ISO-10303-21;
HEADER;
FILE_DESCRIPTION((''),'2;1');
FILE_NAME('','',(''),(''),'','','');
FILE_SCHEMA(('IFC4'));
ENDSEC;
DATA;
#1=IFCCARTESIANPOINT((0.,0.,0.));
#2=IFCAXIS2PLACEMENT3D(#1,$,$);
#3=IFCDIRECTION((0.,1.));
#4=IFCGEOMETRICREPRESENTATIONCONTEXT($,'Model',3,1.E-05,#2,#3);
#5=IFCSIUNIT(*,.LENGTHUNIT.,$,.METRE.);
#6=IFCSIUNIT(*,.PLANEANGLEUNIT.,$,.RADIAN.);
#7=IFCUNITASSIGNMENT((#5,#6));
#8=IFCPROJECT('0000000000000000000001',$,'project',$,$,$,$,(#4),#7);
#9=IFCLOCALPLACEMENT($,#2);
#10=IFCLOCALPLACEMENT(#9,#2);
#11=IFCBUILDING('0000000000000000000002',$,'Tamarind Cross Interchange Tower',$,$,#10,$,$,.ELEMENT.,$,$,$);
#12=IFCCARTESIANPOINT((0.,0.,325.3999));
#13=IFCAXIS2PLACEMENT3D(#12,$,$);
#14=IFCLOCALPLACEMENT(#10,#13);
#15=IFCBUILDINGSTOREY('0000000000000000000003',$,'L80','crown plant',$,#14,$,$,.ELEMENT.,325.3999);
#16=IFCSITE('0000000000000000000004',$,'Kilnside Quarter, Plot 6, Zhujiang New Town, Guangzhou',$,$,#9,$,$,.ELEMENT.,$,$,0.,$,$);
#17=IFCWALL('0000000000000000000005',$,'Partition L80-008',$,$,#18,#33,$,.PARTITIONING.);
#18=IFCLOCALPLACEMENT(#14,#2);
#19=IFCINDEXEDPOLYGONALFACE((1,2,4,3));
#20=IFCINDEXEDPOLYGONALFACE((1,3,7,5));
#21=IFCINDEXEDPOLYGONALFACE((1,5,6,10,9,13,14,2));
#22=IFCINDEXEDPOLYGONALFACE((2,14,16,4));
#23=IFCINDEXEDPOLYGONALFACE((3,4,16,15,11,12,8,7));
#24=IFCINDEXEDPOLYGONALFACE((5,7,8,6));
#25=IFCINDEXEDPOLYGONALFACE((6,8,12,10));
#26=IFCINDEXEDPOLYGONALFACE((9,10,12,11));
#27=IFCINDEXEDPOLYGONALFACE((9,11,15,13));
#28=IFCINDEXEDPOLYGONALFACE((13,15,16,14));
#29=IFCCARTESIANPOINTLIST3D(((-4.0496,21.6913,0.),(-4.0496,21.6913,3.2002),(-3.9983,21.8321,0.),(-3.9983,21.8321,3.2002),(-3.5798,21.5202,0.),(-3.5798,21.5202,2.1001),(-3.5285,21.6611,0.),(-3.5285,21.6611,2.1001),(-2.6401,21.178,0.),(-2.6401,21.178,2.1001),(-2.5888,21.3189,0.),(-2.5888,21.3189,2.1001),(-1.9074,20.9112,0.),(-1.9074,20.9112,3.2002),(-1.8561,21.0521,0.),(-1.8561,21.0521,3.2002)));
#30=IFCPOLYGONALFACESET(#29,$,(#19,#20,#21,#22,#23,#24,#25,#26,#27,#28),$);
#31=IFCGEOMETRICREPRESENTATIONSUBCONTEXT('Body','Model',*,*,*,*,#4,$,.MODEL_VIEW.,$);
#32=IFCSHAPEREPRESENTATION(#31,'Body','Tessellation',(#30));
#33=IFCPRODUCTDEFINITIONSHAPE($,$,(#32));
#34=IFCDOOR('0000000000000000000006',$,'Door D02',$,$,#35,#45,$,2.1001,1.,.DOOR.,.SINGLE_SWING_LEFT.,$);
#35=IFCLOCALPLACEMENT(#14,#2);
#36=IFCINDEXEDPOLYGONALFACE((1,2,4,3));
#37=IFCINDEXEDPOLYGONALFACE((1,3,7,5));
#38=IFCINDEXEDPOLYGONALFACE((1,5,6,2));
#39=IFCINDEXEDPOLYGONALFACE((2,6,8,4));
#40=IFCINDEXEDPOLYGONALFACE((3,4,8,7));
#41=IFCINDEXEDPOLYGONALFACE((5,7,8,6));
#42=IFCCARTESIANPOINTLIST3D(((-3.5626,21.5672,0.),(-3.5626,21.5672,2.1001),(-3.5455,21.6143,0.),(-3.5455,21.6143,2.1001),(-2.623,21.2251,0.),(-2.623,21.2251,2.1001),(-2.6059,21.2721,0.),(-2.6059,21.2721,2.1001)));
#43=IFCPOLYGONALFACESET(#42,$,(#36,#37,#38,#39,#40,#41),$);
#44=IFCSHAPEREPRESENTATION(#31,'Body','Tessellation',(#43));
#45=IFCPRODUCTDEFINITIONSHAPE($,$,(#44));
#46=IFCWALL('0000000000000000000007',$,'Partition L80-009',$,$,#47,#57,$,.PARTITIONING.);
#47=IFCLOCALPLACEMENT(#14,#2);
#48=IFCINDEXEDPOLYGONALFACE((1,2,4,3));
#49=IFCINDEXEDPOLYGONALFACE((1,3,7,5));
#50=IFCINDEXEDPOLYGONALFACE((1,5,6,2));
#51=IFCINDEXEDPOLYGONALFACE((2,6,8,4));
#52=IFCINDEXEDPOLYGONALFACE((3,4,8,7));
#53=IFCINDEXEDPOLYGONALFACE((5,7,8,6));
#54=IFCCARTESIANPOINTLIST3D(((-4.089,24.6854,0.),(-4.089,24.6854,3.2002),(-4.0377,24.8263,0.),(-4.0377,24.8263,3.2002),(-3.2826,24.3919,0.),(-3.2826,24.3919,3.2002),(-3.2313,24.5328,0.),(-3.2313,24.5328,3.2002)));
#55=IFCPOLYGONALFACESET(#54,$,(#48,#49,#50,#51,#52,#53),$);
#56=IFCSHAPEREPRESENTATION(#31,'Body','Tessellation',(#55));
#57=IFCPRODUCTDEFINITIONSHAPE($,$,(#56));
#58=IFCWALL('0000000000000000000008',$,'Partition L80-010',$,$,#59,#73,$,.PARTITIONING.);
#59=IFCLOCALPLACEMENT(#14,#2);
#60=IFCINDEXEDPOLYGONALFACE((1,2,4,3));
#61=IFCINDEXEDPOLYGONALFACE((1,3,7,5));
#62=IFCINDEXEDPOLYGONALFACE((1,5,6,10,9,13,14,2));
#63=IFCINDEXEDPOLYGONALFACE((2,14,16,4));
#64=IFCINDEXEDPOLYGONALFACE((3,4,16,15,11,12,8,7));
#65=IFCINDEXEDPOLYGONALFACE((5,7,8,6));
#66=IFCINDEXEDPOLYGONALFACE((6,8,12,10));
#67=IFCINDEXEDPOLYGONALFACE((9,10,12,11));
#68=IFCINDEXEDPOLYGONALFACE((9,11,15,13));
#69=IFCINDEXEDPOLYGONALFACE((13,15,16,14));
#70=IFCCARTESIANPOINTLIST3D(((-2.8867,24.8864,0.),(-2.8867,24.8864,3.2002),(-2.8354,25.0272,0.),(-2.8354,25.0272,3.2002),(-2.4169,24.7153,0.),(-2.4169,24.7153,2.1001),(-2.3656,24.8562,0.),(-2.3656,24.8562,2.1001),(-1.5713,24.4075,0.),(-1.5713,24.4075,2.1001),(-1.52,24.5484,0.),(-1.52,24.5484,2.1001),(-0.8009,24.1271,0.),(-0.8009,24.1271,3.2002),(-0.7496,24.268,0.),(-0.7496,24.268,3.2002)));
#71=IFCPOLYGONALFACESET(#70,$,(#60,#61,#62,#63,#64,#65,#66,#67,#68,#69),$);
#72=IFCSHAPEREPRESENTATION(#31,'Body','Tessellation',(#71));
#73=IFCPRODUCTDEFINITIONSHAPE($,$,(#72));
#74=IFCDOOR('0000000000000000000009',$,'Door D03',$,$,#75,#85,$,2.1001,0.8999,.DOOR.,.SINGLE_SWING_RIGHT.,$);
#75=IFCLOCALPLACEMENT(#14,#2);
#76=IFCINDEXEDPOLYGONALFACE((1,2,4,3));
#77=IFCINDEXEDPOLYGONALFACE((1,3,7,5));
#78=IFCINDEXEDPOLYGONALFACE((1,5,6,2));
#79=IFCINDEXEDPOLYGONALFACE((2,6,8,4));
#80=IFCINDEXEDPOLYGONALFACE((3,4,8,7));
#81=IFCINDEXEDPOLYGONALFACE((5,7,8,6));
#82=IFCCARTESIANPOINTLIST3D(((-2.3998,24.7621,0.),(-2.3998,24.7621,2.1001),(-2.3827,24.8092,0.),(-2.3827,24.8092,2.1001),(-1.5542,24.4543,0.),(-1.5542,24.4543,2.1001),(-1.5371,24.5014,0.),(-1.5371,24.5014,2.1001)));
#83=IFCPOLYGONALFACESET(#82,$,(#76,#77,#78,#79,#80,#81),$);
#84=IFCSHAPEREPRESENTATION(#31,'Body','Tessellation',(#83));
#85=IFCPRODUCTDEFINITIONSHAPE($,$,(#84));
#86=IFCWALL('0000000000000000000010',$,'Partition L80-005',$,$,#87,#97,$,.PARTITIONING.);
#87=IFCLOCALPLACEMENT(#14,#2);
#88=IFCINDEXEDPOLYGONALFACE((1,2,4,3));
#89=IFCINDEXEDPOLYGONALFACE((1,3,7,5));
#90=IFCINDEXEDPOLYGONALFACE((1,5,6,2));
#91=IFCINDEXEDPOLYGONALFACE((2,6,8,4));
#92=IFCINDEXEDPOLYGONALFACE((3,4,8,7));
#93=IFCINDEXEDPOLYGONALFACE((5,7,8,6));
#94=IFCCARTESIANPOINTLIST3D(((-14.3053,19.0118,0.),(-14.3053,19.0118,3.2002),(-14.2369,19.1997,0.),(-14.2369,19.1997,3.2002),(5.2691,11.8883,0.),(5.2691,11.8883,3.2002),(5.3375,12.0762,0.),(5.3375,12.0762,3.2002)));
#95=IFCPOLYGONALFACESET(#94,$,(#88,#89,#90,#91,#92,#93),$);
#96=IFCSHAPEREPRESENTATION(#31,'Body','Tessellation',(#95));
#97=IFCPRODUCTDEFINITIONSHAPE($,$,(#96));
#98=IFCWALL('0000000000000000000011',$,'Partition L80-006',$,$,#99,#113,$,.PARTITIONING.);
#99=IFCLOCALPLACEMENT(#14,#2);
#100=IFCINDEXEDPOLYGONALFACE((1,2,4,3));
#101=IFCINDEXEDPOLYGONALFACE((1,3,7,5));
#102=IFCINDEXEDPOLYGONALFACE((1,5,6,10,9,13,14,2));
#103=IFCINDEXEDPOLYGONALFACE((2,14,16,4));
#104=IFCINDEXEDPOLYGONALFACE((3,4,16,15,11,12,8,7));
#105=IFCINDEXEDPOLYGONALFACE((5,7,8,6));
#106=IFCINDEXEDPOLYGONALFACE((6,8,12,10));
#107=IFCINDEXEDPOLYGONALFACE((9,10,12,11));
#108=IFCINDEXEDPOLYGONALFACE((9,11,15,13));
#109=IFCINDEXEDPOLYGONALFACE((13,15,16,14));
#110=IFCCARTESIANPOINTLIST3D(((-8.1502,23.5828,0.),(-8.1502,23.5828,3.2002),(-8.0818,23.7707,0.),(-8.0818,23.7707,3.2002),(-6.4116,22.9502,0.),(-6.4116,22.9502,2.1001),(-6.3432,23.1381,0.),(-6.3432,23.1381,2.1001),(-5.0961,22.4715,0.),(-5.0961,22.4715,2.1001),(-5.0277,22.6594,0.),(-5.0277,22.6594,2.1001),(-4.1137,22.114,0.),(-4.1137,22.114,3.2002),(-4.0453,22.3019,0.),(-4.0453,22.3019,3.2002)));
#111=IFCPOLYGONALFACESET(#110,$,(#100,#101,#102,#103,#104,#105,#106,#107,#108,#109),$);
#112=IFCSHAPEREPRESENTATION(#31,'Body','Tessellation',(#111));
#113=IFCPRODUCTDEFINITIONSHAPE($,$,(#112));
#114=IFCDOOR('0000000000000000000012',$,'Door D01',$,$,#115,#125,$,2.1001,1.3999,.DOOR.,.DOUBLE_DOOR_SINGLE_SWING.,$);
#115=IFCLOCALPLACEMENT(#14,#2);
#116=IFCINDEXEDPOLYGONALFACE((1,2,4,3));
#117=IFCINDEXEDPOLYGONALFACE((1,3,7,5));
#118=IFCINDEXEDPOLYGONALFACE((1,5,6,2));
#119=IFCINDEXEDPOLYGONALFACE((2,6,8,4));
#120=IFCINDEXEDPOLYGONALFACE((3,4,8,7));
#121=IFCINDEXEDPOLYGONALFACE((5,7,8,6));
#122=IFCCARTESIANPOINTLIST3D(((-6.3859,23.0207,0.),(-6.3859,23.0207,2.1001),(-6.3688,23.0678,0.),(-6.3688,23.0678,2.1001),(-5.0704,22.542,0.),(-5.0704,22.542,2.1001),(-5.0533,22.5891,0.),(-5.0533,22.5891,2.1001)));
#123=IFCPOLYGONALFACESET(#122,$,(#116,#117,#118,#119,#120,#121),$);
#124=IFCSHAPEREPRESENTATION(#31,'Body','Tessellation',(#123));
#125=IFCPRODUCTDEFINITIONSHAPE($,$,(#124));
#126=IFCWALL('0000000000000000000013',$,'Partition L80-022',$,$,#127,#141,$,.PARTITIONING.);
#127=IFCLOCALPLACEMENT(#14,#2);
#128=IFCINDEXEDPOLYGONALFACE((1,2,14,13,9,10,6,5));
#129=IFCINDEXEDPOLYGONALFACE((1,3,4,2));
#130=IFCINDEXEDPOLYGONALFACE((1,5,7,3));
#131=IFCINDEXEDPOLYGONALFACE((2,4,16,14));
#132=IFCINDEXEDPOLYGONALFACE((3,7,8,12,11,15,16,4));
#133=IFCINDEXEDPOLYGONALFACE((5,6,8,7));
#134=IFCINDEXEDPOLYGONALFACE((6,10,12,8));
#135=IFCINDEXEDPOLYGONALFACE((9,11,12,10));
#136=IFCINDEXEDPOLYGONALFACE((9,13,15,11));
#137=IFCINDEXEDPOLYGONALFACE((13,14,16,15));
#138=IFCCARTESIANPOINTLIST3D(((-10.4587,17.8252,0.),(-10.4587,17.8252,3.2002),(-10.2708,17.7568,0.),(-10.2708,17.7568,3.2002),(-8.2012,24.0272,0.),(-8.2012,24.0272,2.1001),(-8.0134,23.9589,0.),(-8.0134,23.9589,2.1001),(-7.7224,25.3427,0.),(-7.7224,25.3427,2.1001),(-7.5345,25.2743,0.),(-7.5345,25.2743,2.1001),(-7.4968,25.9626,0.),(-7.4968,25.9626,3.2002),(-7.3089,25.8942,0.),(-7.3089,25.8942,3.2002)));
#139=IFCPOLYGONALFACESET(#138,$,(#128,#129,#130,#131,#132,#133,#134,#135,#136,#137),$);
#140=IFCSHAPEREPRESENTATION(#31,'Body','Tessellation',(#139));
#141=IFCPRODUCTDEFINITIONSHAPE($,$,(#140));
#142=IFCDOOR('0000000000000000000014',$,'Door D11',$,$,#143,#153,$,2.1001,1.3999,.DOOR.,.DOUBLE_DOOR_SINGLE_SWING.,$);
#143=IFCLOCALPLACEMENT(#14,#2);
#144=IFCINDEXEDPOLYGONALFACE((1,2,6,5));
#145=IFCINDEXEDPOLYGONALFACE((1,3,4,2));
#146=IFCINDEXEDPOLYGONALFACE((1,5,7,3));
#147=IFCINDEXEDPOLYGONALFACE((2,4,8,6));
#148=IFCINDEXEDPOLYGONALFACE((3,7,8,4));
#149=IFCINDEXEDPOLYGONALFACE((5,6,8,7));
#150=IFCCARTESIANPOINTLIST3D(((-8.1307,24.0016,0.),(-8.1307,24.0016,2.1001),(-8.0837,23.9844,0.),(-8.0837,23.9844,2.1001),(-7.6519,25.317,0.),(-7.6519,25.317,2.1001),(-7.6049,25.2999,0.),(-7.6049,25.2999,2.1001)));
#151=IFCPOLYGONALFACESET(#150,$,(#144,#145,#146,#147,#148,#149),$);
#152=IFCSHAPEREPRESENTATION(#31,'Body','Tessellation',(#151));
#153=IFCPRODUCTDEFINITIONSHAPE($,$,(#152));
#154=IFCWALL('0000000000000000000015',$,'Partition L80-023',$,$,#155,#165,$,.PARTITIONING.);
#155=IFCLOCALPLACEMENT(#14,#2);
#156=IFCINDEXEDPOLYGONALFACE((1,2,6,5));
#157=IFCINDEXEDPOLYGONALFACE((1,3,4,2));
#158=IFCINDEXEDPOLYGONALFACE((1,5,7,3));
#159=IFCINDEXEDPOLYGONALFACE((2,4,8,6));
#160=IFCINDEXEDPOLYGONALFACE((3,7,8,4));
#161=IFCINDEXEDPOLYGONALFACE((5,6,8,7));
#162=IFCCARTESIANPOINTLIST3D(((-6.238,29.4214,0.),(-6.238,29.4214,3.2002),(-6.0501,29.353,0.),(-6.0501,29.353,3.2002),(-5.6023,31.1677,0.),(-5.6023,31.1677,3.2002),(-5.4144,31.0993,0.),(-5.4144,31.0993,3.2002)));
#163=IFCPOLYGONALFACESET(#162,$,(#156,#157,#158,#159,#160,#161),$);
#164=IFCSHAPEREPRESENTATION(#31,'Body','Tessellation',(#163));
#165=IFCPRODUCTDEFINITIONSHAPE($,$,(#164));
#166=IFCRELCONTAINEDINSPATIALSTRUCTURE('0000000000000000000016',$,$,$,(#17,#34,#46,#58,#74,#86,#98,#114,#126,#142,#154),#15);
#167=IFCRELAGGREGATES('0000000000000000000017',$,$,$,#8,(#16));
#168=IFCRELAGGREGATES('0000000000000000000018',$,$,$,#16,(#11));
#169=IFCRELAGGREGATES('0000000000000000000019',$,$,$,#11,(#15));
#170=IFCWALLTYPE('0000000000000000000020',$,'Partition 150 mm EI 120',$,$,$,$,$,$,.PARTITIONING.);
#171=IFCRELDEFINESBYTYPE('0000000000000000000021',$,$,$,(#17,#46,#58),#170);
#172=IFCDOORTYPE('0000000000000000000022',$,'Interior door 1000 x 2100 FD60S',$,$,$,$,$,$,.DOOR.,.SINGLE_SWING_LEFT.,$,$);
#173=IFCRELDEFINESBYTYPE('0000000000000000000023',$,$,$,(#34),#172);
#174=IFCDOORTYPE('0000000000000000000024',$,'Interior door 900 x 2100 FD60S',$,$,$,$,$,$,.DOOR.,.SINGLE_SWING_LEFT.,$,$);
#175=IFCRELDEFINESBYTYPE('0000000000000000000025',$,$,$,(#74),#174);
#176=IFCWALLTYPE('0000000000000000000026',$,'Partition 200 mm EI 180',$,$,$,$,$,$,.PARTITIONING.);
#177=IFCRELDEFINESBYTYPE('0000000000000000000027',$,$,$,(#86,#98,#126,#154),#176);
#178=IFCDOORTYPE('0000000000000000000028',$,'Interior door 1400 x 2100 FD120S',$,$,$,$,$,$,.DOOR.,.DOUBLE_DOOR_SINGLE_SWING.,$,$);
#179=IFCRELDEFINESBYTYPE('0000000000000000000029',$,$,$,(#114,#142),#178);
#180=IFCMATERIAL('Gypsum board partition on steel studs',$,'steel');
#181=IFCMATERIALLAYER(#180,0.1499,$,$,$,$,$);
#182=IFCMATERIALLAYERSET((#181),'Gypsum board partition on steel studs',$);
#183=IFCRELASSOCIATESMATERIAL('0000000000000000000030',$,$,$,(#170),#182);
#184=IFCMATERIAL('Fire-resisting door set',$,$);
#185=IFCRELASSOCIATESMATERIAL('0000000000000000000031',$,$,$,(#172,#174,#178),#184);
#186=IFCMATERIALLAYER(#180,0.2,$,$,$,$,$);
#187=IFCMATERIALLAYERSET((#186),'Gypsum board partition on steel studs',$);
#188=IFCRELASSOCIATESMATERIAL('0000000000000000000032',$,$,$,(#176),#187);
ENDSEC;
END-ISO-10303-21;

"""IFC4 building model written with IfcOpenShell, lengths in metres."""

from ifc_helpers import new_model, si_unit, direction, frame, frame_2d, origin, place, context, subcontext, project, spatial, rectangle, extrude, material, layer, layer_set, type_object, element, fill, save


model = new_model("IFC4")

# Units and contexts
model_context = context("Model", 3, precision=1e-05, world=origin(), true_north=direction((0.0, 1.0)))
body_context = subcontext(model_context, "Body", "Model", "MODEL_VIEW")
ifc_project = project(units=[si_unit("LENGTHUNIT", "METRE"), si_unit("PLANEANGLEUNIT", "RADIAN")], contexts=[model_context])

# Site, building, storey
site_placement = place(None, origin())
site = spatial("IfcSite", under=ifc_project, at=site_placement, Name="Kilnside Quarter, Plot 6, Zhujiang New Town, Guangzhou", CompositionType="ELEMENT", RefElevation=0.0)
building_placement = place(site_placement, origin())
building = spatial("IfcBuilding", under=site, at=building_placement, Name="Tamarind Cross Interchange Tower", CompositionType="ELEMENT")
storey_placement = place(building_placement, frame((0.0, 0.0, 325.3999)))
storey = spatial("IfcBuildingStorey", under=building, at=storey_placement, Name="L80", Description="crown plant", CompositionType="ELEMENT", Elevation=325.3999)

# Shared definitions
ifc_material_1 = material(Name="Gypsum board partition on steel studs", Category="steel")
ifc_layer_1 = layer(ifc_material_1, 0.1499)
ifc_layer_set_1 = layer_set([ifc_layer_1], Name="Gypsum board partition on steel studs")
wall_type_1 = type_object("IfcWallType", Name="Partition 150 mm EI 120", PredefinedType="PARTITIONING", material=ifc_layer_set_1)

# Wall, opening, door
wall_1_placement = place(storey_placement, frame((-4.0239, 21.7617, 0.0), z_axis=(0.0, 0.0, 1.0), x_axis=(0.93964, -0.342164, 0.0)))
wall_1 = element("IfcWall", 1, at=wall_1_placement, inside=storey, type_object=wall_type_1, Name="Partition L80-008", PredefinedType="PARTITIONING", context=body_context, shape_type="SweptSolid", body=[
    extrude(rectangle(XDim=2.2798, YDim=0.1499, at=frame_2d((1.1399, 0.0))), origin(), (0.0, 0.0, 1.0), 3.2002),
])
opening_1_placement = place(wall_1_placement, frame((0.5, 0.0, 0.0)))
opening_1 = element("IfcOpeningElement", 2, at=opening_1_placement, cuts=wall_1, PredefinedType="OPENING", context=body_context, shape_type="SweptSolid", body=[
    extrude(rectangle(XDim=1.0, YDim=2.1001, at=frame_2d((0.5, 1.05))), frame((0.0, 0.085, 0.0), z_axis=(0.0, -1.0, 0.0), x_axis=(1.0, 0.0, 0.0)), (0.0, 0.0, 1.0), 0.1699),
])
ifc_material_2 = material(Name="Fire-resisting door set")
door_type_1 = type_object("IfcDoorType", Name="Interior door 1000 x 2100 FD60S", OperationType="SINGLE_SWING_LEFT", PredefinedType="DOOR", material=ifc_material_2)
door_1_placement = place(opening_1_placement, frame((1.0, 0.0, 0.0), z_axis=(0.0, 0.0, 1.0), x_axis=(-1.0, 0.0, 0.0)))
door_1 = element("IfcDoor", 3, at=door_1_placement, inside=storey, type_object=door_type_1, Name="Door D02", OperationType="SINGLE_SWING_LEFT", OverallHeight=2.1001, OverallWidth=1.0, PredefinedType="DOOR", context=body_context, shape_type="SweptSolid", body=[
    extrude(rectangle(XDim=1.0, YDim=2.1001, at=frame_2d((0.5, 1.05))), frame((0.0, 0.0249, 0.0), z_axis=(0.0, -1.0, 0.0), x_axis=(1.0, 0.0, 0.0)), (0.0, 0.0, 1.0), 0.05),
])
fill(opening_1, door_1)

# Wall
wall_2_placement = place(storey_placement, frame((-4.0635, 24.7559, 0.0), z_axis=(0.0, 0.0, 1.0), x_axis=(0.93971, -0.341971, 0.0)))
element("IfcWall", 4, at=wall_2_placement, inside=storey, type_object=wall_type_1, Name="Partition L80-009", PredefinedType="PARTITIONING", context=body_context, shape_type="SweptSolid", body=[
    extrude(rectangle(XDim=0.8582, YDim=0.1499, at=frame_2d((0.4292, 0.0))), origin(), (0.0, 0.0, 1.0), 3.2002),
])

# Wall, opening, door
wall_3_placement = place(storey_placement, frame((-2.8611, 24.9568, 0.0), z_axis=(0.0, 0.0, 1.0), x_axis=(0.939684, -0.342043, 0.0)))
wall_3 = element("IfcWall", 5, at=wall_3_placement, inside=storey, type_object=wall_type_1, Name="Partition L80-010", PredefinedType="PARTITIONING", context=body_context, shape_type="SweptSolid", body=[
    extrude(rectangle(XDim=2.2197, YDim=0.1499, at=frame_2d((1.1099, 0.0))), origin(), (0.0, 0.0, 1.0), 3.2002),
])
opening_2_placement = place(wall_3_placement, frame((0.5, 0.0, 0.0)))
opening_2 = element("IfcOpeningElement", 6, at=opening_2_placement, cuts=wall_3, PredefinedType="OPENING", context=body_context, shape_type="SweptSolid", body=[
    extrude(rectangle(XDim=0.8999, YDim=2.1001, at=frame_2d((0.45, 1.05))), frame((0.0, 0.085, 0.0), z_axis=(0.0, -1.0, 0.0), x_axis=(1.0, 0.0, 0.0)), (0.0, 0.0, 1.0), 0.1699),
])
door_type_2 = type_object("IfcDoorType", Name="Interior door 900 x 2100 FD60S", OperationType="SINGLE_SWING_LEFT", PredefinedType="DOOR", material=ifc_material_2)
door_2_placement = place(opening_2_placement, origin())
door_2 = element("IfcDoor", 7, at=door_2_placement, inside=storey, type_object=door_type_2, Name="Door D03", OperationType="SINGLE_SWING_RIGHT", OverallHeight=2.1001, OverallWidth=0.8999, PredefinedType="DOOR", context=body_context, shape_type="SweptSolid", body=[
    extrude(rectangle(XDim=0.8999, YDim=2.1001, at=frame_2d((0.45, 1.05))), frame((0.0, 0.0249, 0.0), z_axis=(0.0, -1.0, 0.0), x_axis=(1.0, 0.0, 0.0)), (0.0, 0.0, 1.0), 0.05),
])
fill(opening_2, door_2)

# Wall
ifc_layer_2 = layer(ifc_material_1, 0.2)
ifc_layer_set_2 = layer_set([ifc_layer_2], Name="Gypsum board partition on steel studs")
wall_type_2 = type_object("IfcWallType", Name="Partition 200 mm EI 180", PredefinedType="PARTITIONING", material=ifc_layer_set_2)
wall_4_placement = place(storey_placement, frame((-14.271, 19.1057, 0.0), z_axis=(0.0, 0.0, 1.0), x_axis=(0.939708, -0.341978, 0.0)))
element("IfcWall", 8, at=wall_4_placement, inside=storey, type_object=wall_type_2, Name="Partition L80-005", PredefinedType="PARTITIONING", context=body_context, shape_type="SweptSolid", body=[
    extrude(rectangle(XDim=20.8303, YDim=0.2, at=frame_2d((10.415, 0.0))), origin(), (0.0, 0.0, 1.0), 3.2002),
])

# Walls, openings, doors
wall_5_placement = place(storey_placement, frame((-8.116, 23.6768, 0.0), z_axis=(0.0, 0.0, 1.0), x_axis=(0.93972, -0.341944, 0.0)))
wall_5 = element("IfcWall", 9, at=wall_5_placement, inside=storey, type_object=wall_type_2, Name="Partition L80-006", PredefinedType="PARTITIONING", context=body_context, shape_type="SweptSolid", body=[
    extrude(rectangle(XDim=4.2954, YDim=0.2, at=frame_2d((2.1477, 0.0))), origin(), (0.0, 0.0, 1.0), 3.2002),
])
opening_3_placement = place(wall_5_placement, frame((1.8501, 0.0, 0.0)))
opening_3 = element("IfcOpeningElement", 10, at=opening_3_placement, cuts=wall_5, PredefinedType="OPENING", context=body_context, shape_type="SweptSolid", body=[
    extrude(rectangle(XDim=1.3999, YDim=2.1001, at=frame_2d((0.7, 1.05))), frame((0.0, 0.1099, 0.0), z_axis=(0.0, -1.0, 0.0), x_axis=(1.0, 0.0, 0.0)), (0.0, 0.0, 1.0), 0.22),
])
door_type_3 = type_object("IfcDoorType", Name="Interior door 1400 x 2100 FD120S", OperationType="DOUBLE_DOOR_SINGLE_SWING", PredefinedType="DOOR", material=ifc_material_2)
door_3_placement = place(opening_3_placement, frame((1.3999, 0.0, 0.0), z_axis=(0.0, 0.0, 1.0), x_axis=(-1.0, 0.0, 0.0)))
door_3 = element("IfcDoor", 11, at=door_3_placement, inside=storey, type_object=door_type_3, Name="Door D01", OperationType="DOUBLE_DOOR_SINGLE_SWING", OverallHeight=2.1001, OverallWidth=1.3999, PredefinedType="DOOR", context=body_context, shape_type="SweptSolid", body=[
    extrude(rectangle(XDim=1.3999, YDim=2.1001, at=frame_2d((0.7, 1.05))), frame((0.0, 0.0249, 0.0), z_axis=(0.0, -1.0, 0.0), x_axis=(1.0, 0.0, 0.0)), (0.0, 0.0, 1.0), 0.05),
])
fill(opening_3, door_3)
wall_6_placement = place(storey_placement, frame((-10.3647, 17.791, 0.0), z_axis=(0.0, 0.0, 1.0), x_axis=(0.342033, 0.939688, 0.0)))
wall_6 = element("IfcWall", 12, at=wall_6_placement, inside=storey, type_object=wall_type_2, Name="Partition L80-022", PredefinedType="PARTITIONING", context=body_context, shape_type="SweptSolid", body=[
    extrude(rectangle(XDim=8.6597, YDim=0.2, at=frame_2d((4.3298, 0.0))), origin(), (0.0, 0.0, 1.0), 3.2002),
])
opening_4_placement = place(wall_6_placement, frame((6.6001, 0.0, 0.0)))
opening_4 = element("IfcOpeningElement", 13, at=opening_4_placement, cuts=wall_6, PredefinedType="OPENING", context=body_context, shape_type="SweptSolid", body=[
    extrude(rectangle(XDim=1.3999, YDim=2.1001, at=frame_2d((0.7, 1.05))), frame((0.0, 0.1099, 0.0), z_axis=(0.0, -1.0, 0.0), x_axis=(1.0, 0.0, 0.0)), (0.0, 0.0, 1.0), 0.22),
])
door_4_placement = place(opening_4_placement, origin())
door_4 = element("IfcDoor", 14, at=door_4_placement, inside=storey, type_object=door_type_3, Name="Door D11", OperationType="DOUBLE_DOOR_SINGLE_SWING", OverallHeight=2.1001, OverallWidth=1.3999, PredefinedType="DOOR", context=body_context, shape_type="SweptSolid", body=[
    extrude(rectangle(XDim=1.3999, YDim=2.1001, at=frame_2d((0.7, 1.05))), frame((0.0, 0.0249, 0.0), z_axis=(0.0, -1.0, 0.0), x_axis=(1.0, 0.0, 0.0)), (0.0, 0.0, 1.0), 0.05),
])
fill(opening_4, door_4)

# Wall
wall_7_placement = place(storey_placement, frame((-6.144, 29.3872, 0.0), z_axis=(0.0, 0.0, 1.0), x_axis=(0.342081, 0.939671, 0.0)))
element("IfcWall", 15, at=wall_7_placement, inside=storey, type_object=wall_type_2, Name="Partition L80-023", PredefinedType="PARTITIONING", context=body_context, shape_type="SweptSolid", body=[
    extrude(rectangle(XDim=1.8584, YDim=0.2, at=frame_2d((0.9292, 0.0))), origin(), (0.0, 0.0, 1.0), 3.2002),
])

save(model, "model.ifc")
